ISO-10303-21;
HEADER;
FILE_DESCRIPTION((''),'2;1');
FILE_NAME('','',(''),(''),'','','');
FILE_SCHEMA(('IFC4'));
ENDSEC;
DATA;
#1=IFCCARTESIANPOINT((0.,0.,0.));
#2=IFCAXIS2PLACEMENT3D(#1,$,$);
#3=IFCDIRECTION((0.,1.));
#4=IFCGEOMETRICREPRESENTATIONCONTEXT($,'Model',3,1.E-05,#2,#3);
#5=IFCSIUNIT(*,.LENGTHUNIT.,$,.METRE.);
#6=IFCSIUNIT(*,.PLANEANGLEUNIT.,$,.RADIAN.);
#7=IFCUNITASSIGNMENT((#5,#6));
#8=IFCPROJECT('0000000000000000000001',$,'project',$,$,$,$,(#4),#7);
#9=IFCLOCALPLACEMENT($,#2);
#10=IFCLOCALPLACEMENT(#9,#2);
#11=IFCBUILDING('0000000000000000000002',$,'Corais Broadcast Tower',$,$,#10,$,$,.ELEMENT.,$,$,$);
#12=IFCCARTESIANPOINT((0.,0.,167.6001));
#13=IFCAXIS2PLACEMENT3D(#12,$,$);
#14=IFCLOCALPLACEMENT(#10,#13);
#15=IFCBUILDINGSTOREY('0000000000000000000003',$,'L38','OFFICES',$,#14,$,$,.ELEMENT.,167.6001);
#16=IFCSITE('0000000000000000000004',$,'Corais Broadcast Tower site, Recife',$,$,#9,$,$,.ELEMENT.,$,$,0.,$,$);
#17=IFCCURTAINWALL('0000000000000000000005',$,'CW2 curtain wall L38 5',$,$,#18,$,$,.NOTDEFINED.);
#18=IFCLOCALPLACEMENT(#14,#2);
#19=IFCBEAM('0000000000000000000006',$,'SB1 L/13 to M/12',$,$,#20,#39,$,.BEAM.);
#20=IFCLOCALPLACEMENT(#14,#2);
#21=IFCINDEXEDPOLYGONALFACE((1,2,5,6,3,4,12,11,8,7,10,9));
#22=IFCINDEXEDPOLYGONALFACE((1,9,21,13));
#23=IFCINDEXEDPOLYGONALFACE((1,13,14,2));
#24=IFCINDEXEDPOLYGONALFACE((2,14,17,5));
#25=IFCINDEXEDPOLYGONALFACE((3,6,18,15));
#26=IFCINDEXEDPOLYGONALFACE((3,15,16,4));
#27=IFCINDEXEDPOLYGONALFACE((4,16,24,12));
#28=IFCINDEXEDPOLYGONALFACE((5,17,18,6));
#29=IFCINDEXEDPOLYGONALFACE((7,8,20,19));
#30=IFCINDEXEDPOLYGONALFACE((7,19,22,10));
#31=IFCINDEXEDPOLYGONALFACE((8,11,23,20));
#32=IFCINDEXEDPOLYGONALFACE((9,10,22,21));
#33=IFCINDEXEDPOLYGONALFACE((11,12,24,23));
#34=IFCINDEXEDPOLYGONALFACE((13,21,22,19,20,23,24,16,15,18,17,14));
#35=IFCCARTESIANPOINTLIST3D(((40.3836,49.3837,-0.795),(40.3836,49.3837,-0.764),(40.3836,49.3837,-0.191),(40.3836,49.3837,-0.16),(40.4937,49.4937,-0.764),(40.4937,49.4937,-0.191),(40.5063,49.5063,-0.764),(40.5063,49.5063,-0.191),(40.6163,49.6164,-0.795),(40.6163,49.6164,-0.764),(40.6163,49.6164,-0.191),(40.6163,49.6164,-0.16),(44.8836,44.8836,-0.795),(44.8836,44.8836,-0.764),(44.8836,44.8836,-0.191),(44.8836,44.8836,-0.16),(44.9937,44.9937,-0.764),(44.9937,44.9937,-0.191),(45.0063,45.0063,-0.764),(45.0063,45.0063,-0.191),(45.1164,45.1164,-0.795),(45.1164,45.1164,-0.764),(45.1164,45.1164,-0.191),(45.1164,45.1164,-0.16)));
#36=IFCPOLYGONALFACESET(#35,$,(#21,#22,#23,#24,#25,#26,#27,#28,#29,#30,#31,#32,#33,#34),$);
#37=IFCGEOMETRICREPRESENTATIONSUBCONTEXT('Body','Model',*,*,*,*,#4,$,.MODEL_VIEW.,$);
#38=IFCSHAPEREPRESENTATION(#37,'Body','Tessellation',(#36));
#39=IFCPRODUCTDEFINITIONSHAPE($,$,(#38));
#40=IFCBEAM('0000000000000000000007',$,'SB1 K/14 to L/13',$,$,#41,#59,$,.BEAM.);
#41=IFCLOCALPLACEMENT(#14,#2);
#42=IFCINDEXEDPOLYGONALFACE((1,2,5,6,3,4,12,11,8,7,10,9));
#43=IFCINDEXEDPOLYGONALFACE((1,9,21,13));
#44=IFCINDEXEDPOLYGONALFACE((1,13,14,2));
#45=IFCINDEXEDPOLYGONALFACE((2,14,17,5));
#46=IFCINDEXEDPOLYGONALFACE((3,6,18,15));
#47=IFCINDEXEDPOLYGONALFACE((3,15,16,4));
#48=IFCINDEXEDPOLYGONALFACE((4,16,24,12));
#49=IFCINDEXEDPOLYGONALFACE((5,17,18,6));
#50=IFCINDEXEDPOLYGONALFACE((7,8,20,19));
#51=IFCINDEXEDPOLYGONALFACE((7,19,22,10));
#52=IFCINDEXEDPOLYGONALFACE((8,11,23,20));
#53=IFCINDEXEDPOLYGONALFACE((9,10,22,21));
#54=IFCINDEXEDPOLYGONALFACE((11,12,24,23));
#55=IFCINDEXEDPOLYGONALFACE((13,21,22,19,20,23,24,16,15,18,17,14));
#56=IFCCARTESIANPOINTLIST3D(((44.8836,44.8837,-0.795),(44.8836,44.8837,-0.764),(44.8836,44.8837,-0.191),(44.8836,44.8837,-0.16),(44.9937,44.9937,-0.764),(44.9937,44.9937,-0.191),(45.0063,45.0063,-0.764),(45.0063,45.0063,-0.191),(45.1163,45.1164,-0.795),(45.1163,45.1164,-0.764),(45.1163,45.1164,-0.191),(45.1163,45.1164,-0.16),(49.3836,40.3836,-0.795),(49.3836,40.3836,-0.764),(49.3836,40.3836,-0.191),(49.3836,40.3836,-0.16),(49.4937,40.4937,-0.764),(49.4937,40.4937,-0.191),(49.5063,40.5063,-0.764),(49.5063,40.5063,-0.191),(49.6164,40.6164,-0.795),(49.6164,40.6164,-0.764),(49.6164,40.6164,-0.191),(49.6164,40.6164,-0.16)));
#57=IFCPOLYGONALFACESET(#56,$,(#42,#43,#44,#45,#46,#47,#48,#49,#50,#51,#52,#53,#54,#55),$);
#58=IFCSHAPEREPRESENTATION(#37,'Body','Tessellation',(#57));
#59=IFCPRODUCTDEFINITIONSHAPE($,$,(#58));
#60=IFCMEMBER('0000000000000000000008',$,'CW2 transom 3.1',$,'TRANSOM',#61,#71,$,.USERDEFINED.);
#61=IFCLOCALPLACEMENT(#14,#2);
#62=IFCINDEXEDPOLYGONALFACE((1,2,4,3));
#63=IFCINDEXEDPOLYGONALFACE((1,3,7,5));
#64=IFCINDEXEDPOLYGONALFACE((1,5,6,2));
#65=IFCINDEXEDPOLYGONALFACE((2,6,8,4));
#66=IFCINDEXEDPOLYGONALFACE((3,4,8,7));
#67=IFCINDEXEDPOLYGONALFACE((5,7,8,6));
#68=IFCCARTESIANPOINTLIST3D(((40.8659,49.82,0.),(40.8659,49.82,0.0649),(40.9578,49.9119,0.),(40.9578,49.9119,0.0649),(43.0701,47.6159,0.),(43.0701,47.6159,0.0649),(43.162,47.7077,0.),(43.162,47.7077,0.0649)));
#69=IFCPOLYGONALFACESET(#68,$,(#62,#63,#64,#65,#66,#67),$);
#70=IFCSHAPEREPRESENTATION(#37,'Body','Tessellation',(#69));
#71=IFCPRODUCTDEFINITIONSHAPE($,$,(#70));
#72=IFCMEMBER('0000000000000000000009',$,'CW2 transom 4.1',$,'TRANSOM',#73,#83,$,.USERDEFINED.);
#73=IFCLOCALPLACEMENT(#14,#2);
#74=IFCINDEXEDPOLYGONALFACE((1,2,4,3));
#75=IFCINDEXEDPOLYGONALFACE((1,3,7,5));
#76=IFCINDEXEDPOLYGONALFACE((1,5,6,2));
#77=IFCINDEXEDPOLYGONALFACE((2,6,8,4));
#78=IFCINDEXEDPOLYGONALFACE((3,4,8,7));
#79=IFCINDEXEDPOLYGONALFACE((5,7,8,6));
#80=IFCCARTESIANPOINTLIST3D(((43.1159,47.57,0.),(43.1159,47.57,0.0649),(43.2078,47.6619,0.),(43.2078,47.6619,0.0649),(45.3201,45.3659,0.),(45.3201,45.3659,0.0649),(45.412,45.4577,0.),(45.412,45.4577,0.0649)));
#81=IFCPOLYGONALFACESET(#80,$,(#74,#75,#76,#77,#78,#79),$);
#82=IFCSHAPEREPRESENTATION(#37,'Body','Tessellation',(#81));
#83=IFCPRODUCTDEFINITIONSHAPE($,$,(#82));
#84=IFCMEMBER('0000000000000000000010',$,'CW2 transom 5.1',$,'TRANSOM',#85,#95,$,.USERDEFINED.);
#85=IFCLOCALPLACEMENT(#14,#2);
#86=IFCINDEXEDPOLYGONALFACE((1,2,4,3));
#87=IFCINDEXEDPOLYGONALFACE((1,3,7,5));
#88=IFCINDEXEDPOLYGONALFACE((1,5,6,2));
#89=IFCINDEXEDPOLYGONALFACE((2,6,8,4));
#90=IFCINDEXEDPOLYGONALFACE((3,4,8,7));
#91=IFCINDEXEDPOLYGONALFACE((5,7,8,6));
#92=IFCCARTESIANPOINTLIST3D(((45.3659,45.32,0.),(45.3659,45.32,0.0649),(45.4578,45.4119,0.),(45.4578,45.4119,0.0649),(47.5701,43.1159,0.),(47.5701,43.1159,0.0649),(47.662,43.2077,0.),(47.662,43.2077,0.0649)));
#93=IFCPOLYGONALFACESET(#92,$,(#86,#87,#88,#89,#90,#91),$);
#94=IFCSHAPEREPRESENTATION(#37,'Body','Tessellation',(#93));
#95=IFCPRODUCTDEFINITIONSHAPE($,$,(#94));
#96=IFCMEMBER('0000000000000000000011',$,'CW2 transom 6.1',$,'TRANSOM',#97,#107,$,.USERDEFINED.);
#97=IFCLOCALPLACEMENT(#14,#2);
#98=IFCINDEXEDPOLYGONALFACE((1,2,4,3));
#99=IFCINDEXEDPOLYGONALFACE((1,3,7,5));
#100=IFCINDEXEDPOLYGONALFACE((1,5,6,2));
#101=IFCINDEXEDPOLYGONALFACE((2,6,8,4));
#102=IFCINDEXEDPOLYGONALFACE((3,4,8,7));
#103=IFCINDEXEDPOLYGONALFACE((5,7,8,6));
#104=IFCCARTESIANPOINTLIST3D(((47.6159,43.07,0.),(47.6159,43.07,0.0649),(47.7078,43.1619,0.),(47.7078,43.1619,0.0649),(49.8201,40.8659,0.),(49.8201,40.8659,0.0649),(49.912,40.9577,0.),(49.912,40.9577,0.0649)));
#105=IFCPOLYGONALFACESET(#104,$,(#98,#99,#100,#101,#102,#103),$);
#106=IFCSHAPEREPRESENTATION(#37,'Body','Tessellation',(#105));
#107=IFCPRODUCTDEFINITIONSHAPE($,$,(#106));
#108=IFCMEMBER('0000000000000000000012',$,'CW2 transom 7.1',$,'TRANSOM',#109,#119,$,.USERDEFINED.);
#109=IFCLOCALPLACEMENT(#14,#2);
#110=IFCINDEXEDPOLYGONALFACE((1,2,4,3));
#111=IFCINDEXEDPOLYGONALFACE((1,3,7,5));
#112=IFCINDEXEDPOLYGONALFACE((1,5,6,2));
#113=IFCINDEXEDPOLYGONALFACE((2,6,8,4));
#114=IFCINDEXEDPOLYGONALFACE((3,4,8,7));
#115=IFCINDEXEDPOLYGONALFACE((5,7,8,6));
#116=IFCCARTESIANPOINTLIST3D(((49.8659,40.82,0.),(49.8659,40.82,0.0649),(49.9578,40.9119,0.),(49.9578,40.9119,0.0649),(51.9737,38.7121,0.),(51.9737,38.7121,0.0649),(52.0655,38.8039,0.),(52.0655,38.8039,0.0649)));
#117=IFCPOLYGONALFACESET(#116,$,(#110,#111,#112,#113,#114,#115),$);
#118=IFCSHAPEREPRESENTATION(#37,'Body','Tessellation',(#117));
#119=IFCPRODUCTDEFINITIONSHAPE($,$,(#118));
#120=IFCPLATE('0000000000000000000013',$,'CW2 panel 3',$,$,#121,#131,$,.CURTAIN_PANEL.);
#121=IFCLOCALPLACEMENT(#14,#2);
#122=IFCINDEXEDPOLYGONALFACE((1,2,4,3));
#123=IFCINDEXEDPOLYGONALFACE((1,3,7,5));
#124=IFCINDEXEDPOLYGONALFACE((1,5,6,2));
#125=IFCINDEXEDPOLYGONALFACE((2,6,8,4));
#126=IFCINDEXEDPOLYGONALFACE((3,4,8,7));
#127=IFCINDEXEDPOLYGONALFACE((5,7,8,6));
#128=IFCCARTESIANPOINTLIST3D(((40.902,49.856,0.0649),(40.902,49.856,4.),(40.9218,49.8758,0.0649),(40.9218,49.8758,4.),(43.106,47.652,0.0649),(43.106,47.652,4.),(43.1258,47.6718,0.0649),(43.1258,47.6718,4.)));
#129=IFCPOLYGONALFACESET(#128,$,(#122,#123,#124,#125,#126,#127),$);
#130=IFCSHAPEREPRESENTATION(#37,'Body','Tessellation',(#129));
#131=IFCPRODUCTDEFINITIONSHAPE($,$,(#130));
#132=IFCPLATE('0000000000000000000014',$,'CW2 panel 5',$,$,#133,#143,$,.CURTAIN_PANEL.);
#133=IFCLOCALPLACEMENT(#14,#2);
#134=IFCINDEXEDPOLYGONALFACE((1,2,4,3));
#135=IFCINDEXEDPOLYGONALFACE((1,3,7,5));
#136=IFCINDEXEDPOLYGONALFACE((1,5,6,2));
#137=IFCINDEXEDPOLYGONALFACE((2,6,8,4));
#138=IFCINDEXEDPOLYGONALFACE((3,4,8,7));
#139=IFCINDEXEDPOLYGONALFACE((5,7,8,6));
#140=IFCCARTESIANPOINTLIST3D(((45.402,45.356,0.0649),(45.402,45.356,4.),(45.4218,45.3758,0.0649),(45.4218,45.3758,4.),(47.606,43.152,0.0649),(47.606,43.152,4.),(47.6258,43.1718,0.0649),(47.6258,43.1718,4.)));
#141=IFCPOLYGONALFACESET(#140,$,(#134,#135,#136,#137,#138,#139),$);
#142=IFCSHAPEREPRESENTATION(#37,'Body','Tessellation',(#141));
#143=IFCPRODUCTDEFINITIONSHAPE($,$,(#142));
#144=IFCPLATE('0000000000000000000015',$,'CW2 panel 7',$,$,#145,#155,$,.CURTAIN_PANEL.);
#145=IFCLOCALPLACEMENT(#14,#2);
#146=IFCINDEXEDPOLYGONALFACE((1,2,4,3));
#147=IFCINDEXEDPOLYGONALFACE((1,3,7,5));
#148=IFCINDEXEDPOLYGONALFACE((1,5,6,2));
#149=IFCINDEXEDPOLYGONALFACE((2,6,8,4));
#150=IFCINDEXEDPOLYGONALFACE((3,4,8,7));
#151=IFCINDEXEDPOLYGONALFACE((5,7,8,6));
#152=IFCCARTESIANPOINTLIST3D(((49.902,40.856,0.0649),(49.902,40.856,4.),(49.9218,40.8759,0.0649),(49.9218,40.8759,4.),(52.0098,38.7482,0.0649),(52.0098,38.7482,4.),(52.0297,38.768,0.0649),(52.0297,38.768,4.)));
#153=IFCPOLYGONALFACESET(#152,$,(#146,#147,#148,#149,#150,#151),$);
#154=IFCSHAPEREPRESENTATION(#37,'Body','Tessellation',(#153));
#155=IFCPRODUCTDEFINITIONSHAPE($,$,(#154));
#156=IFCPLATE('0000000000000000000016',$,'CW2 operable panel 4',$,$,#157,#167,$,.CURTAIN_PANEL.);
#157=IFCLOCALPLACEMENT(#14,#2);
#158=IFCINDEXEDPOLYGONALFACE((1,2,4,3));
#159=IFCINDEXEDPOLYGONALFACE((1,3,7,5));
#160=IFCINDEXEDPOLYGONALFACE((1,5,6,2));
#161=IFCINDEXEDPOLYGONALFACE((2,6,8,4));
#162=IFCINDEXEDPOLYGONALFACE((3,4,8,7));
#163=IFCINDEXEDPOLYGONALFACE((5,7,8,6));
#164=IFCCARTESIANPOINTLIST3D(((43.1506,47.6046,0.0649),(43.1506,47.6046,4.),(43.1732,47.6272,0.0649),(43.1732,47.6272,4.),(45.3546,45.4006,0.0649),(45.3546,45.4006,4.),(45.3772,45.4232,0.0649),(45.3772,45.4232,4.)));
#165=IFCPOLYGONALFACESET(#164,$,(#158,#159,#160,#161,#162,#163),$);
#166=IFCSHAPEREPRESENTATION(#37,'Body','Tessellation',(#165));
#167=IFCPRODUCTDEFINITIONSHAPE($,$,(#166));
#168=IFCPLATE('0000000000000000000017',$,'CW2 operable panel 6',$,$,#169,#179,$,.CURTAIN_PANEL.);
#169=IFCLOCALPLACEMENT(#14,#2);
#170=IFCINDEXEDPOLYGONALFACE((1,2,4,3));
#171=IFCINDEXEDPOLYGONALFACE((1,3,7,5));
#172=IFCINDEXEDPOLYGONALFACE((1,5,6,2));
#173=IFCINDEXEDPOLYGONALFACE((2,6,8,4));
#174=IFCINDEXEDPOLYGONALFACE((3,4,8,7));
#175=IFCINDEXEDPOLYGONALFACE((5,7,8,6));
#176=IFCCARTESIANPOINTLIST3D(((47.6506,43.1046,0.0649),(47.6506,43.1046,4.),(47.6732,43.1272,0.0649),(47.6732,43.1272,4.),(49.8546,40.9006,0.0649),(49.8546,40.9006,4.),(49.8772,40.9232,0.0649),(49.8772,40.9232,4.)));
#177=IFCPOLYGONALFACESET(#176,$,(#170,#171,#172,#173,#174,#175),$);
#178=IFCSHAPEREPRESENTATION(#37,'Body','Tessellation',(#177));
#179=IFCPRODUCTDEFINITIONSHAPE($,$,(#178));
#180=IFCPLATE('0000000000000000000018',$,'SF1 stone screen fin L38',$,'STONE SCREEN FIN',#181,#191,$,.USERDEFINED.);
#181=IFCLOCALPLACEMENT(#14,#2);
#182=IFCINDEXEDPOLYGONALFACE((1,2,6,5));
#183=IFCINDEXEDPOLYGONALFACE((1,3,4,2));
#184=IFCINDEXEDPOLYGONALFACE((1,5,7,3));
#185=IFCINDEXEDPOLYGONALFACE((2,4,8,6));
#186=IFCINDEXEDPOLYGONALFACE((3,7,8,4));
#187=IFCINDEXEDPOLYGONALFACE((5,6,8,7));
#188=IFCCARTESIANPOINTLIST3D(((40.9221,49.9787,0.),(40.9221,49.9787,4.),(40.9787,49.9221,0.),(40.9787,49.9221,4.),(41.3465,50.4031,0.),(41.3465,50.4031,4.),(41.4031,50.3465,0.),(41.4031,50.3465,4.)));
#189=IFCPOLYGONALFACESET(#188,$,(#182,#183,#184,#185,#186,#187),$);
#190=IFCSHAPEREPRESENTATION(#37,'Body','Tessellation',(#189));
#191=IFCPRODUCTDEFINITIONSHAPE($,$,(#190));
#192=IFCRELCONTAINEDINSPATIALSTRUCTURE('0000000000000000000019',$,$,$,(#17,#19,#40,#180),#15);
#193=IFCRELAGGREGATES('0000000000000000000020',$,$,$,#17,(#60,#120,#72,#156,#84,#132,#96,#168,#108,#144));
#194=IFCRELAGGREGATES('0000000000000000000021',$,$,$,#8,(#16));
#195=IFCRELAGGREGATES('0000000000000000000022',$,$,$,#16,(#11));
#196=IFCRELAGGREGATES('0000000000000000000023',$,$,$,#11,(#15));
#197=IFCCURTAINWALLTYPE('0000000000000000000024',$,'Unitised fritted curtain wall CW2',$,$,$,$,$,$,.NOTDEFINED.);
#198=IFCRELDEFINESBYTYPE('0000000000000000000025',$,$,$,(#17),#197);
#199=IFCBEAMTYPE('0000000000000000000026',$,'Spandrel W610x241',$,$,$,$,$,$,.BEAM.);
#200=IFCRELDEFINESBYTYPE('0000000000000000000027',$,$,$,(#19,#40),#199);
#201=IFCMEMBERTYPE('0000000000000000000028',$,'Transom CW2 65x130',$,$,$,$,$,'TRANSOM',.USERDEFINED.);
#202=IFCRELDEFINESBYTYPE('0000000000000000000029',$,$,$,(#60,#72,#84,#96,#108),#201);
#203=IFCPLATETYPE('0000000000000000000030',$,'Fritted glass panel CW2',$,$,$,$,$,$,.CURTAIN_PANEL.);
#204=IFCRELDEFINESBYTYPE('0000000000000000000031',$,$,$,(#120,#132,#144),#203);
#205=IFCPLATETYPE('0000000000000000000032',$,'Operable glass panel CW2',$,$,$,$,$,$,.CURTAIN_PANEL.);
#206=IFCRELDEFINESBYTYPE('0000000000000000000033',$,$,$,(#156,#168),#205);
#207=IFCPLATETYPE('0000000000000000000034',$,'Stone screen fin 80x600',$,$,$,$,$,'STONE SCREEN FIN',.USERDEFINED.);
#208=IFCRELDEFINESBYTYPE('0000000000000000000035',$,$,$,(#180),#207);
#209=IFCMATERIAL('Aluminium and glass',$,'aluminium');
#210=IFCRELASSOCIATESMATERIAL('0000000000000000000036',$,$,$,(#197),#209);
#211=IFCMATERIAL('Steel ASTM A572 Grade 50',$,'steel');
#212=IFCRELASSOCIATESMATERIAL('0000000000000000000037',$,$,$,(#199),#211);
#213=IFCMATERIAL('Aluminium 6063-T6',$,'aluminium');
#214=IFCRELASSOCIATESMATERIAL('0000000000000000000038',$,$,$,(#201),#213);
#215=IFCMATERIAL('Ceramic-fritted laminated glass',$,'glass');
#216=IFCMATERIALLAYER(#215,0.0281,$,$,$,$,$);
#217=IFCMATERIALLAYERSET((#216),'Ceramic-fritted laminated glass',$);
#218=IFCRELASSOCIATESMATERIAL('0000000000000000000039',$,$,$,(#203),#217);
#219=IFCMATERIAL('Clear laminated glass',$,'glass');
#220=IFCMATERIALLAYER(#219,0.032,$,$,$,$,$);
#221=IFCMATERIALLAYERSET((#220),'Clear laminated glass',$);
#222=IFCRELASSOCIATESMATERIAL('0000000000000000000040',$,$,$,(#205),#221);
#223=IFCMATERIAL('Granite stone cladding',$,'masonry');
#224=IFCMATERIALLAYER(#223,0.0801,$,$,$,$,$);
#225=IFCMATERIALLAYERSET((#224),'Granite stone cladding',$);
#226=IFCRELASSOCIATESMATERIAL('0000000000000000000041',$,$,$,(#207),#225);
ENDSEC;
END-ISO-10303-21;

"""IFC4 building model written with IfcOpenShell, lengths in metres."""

from ifc_helpers import new_model, si_unit, direction, frame, origin, origin_2d, place, context, subcontext, project, spatial, rectangle, i_section, extrude, material, layer, layer_set, material_profile, profile_set, type_object, element, aggregate, save


model = new_model("IFC4")

# Units and contexts
model_context = context("Model", 3, precision=1e-05, world=origin(), true_north=direction((0.0, 1.0)))
body_context = subcontext(model_context, "Body", "Model", "MODEL_VIEW")
ifc_project = project(units=[si_unit("LENGTHUNIT", "METRE"), si_unit("PLANEANGLEUNIT", "RADIAN")], contexts=[model_context])

# Site, building, storey
site_placement = place(None, origin())
site = spatial("IfcSite", under=ifc_project, at=site_placement, Name="Corais Broadcast Tower site, Recife", CompositionType="ELEMENT", RefElevation=0.0)
building_placement = place(site_placement, origin())
building = spatial("IfcBuilding", under=site, at=building_placement, Name="Corais Broadcast Tower", CompositionType="ELEMENT")
storey_placement = place(building_placement, frame((0.0, 0.0, 167.6001)))
storey = spatial("IfcBuildingStorey", under=building, at=storey_placement, Name="L38", Description="OFFICES", CompositionType="ELEMENT", Elevation=167.6001)

# Curtain wall
ifc_material_1 = material(Name="Aluminium and glass", Category="aluminium")
curtain_wall_type = type_object("IfcCurtainWallType", Name="Unitised fritted curtain wall CW2", PredefinedType="NOTDEFINED", material=ifc_material_1)
curtain_wall_placement = place(storey_placement, origin())
curtain_wall = element("IfcCurtainWall", 1, at=curtain_wall_placement, inside=storey, type_object=curtain_wall_type, Name="CW2 curtain wall L38 5", PredefinedType="NOTDEFINED")

# Beams
ifc_material_2 = material(Name="Steel ASTM A572 Grade 50", Category="steel")
ifc_material_profile_1 = material_profile(ifc_material_2, i_section(OverallWidth=0.3291, OverallDepth=0.635, WebThickness=0.0178, FlangeThickness=0.031, at=origin_2d()), Name="W610x241")
ifc_profile_set_1 = profile_set([ifc_material_profile_1], Name="Steel ASTM A572 Grade 50")
beam_type_1 = type_object("IfcBeamType", Name="Spandrel W610x241", PredefinedType="BEAM", material=ifc_profile_set_1)
for number, where, z_axis, x_axis, name in (
    (2, (45.0, 45.0, -0.4775), (-0.707107, 0.707107, 0.0), (-0.707107, -0.707107, 0.0), "SB1 L/13 to M/12"),
    (3, (49.5, 40.5, -0.4775), (-0.707107, 0.707107, 0.0), (-0.707107, -0.707107, 0.0), "SB1 K/14 to L/13"),
):
    element("IfcBeam", number, at=place(storey_placement, frame(where, z_axis=z_axis, x_axis=x_axis)), inside=storey, type_object=beam_type_1, Name=name, PredefinedType="BEAM", context=body_context, shape_type="SweptSolid", body=[
        extrude(i_section(OverallWidth=0.3291, OverallDepth=0.635, WebThickness=0.0178, FlangeThickness=0.031, at=origin_2d()), origin(), (0.0, 0.0, 1.0), 6.364),
    ])

# Members
ifc_material_3 = material(Name="Aluminium 6063-T6", Category="aluminium")
ifc_material_profile_2 = material_profile(ifc_material_3, rectangle(XDim=0.1299, YDim=0.0649, at=origin_2d()), Name="Transom CW2 65x130")
ifc_profile_set_2 = profile_set([ifc_material_profile_2], Name="Aluminium 6063-T6")
member_type_1 = type_object("IfcMemberType", Name="Transom CW2 65x130", ElementType="TRANSOM", PredefinedType="USERDEFINED", material=ifc_profile_set_2)
member_1_placement = place(storey_placement, frame((40.9119, 49.866, 0.0325), z_axis=(0.707107, -0.707107, 0.0), x_axis=(0.707107, 0.707107, 0.0)))
member_1 = element("IfcMember", 4, at=member_1_placement, type_object=member_type_1, Name="CW2 transom 3.1", ObjectType="TRANSOM", PredefinedType="USERDEFINED", context=body_context, shape_type="SweptSolid", body=[
    extrude(rectangle(XDim=0.1299, YDim=0.0649, at=origin_2d()), origin(), (0.0, 0.0, 1.0), 3.1172),
])
member_2_placement = place(storey_placement, frame((43.1619, 47.616, 0.0325), z_axis=(0.707107, -0.707107, 0.0), x_axis=(0.707107, 0.707107, 0.0)))
member_2 = element("IfcMember", 5, at=member_2_placement, type_object=member_type_1, Name="CW2 transom 4.1", ObjectType="TRANSOM", PredefinedType="USERDEFINED", context=body_context, shape_type="SweptSolid", body=[
    extrude(rectangle(XDim=0.1299, YDim=0.0649, at=origin_2d()), origin(), (0.0, 0.0, 1.0), 3.1172),
])
member_3_placement = place(storey_placement, frame((45.4119, 45.366, 0.0325), z_axis=(0.707107, -0.707107, 0.0), x_axis=(0.707107, 0.707107, 0.0)))
member_3 = element("IfcMember", 6, at=member_3_placement, type_object=member_type_1, Name="CW2 transom 5.1", ObjectType="TRANSOM", PredefinedType="USERDEFINED", context=body_context, shape_type="SweptSolid", body=[
    extrude(rectangle(XDim=0.1299, YDim=0.0649, at=origin_2d()), origin(), (0.0, 0.0, 1.0), 3.1172),
])
member_4_placement = place(storey_placement, frame((47.6619, 43.116, 0.0325), z_axis=(0.707107, -0.707107, 0.0), x_axis=(0.707107, 0.707107, 0.0)))
member_4 = element("IfcMember", 7, at=member_4_placement, type_object=member_type_1, Name="CW2 transom 6.1", ObjectType="TRANSOM", PredefinedType="USERDEFINED", context=body_context, shape_type="SweptSolid", body=[
    extrude(rectangle(XDim=0.1299, YDim=0.0649, at=origin_2d()), origin(), (0.0, 0.0, 1.0), 3.1172),
])
member_5_placement = place(storey_placement, frame((49.9119, 40.866, 0.0325), z_axis=(0.707066, -0.707148, 0.0), x_axis=(0.707148, 0.707066, 0.0)))
member_5 = element("IfcMember", 8, at=member_5_placement, type_object=member_type_1, Name="CW2 transom 7.1", ObjectType="TRANSOM", PredefinedType="USERDEFINED", context=body_context, shape_type="SweptSolid", body=[
    extrude(rectangle(XDim=0.1299, YDim=0.0649, at=origin_2d()), origin(), (0.0, 0.0, 1.0), 2.981),
])

# Plates
ifc_material_4 = material(Name="Ceramic-fritted laminated glass", Category="glass")
ifc_layer_1 = layer(ifc_material_4, 0.0281)
ifc_layer_set_1 = layer_set([ifc_layer_1], Name="Ceramic-fritted laminated glass")
plate_type_1 = type_object("IfcPlateType", Name="Fritted glass panel CW2", PredefinedType="CURTAIN_PANEL", material=ifc_layer_set_1)
plate_1_placement = place(storey_placement, frame((42.0139, 48.7639, 0.0649), z_axis=(0.0, 0.0, 1.0), x_axis=(0.707107, -0.707107, 0.0)))
plate_1 = element("IfcPlate", 9, at=plate_1_placement, type_object=plate_type_1, Name="CW2 panel 3", PredefinedType="CURTAIN_PANEL", context=body_context, shape_type="SweptSolid", body=[
    extrude(rectangle(XDim=3.1169, YDim=0.0281, at=origin_2d()), origin(), (0.0, 0.0, 1.0), 3.9351),
])
plate_2_placement = place(storey_placement, frame((46.5139, 44.2639, 0.0649), z_axis=(0.0, 0.0, 1.0), x_axis=(0.707107, -0.707107, 0.0)))
plate_2 = element("IfcPlate", 10, at=plate_2_placement, type_object=plate_type_1, Name="CW2 panel 5", PredefinedType="CURTAIN_PANEL", context=body_context, shape_type="SweptSolid", body=[
    extrude(rectangle(XDim=3.1169, YDim=0.0281, at=origin_2d()), origin(), (0.0, 0.0, 1.0), 3.9351),
])
plate_3_placement = place(storey_placement, frame((50.9658, 39.812, 0.0649), z_axis=(0.0, 0.0, 1.0), x_axis=(0.707107, -0.707107, 0.0)))
plate_3 = element("IfcPlate", 11, at=plate_3_placement, type_object=plate_type_1, Name="CW2 panel 7", PredefinedType="CURTAIN_PANEL", context=body_context, shape_type="SweptSolid", body=[
    extrude(rectangle(XDim=2.981, YDim=0.0281, at=origin_2d()), origin(), (0.0, 0.0, 1.0), 3.9351),
])
ifc_material_5 = material(Name="Clear laminated glass", Category="glass")
ifc_layer_2 = layer(ifc_material_5, 0.032)
ifc_layer_set_2 = layer_set([ifc_layer_2], Name="Clear laminated glass")
plate_type_2 = type_object("IfcPlateType", Name="Operable glass panel CW2", PredefinedType="CURTAIN_PANEL", material=ifc_layer_set_2)
plate_4_placement = place(storey_placement, frame((44.2639, 46.5139, 0.0649), z_axis=(0.0, 0.0, 1.0), x_axis=(0.707107, -0.707107, 0.0)))
plate_4 = element("IfcPlate", 12, at=plate_4_placement, type_object=plate_type_2, Name="CW2 operable panel 4", PredefinedType="CURTAIN_PANEL", context=body_context, shape_type="SweptSolid", body=[
    extrude(rectangle(XDim=3.1169, YDim=0.032, at=origin_2d()), origin(), (0.0, 0.0, 1.0), 3.9351),
])
plate_5_placement = place(storey_placement, frame((48.7639, 42.0139, 0.0649), z_axis=(0.0, 0.0, 1.0), x_axis=(0.707107, -0.707107, 0.0)))
plate_5 = element("IfcPlate", 13, at=plate_5_placement, type_object=plate_type_2, Name="CW2 operable panel 6", PredefinedType="CURTAIN_PANEL", context=body_context, shape_type="SweptSolid", body=[
    extrude(rectangle(XDim=3.1169, YDim=0.032, at=origin_2d()), origin(), (0.0, 0.0, 1.0), 3.9351),
])
aggregate(curtain_wall, [member_1, plate_1, member_2, plate_4, member_3, plate_2, member_4, plate_5, member_5, plate_3])

# Plate
ifc_material_6 = material(Name="Granite stone cladding", Category="masonry")
ifc_layer_3 = layer(ifc_material_6, 0.0801)
ifc_layer_set_3 = layer_set([ifc_layer_3], Name="Granite stone cladding")
plate_type_3 = type_object("IfcPlateType", Name="Stone screen fin 80x600", ElementType="STONE SCREEN FIN", PredefinedType="USERDEFINED", material=ifc_layer_set_3)
for number, where, z_axis, x_axis, name in (
    (14, (41.1626, 50.1626, 0.0), (0.0, 0.0, 1.0), (0.707107, -0.707107, 0.0), "SF1 stone screen fin L38"),
):
    element("IfcPlate", number, at=place(storey_placement, frame(where, z_axis=z_axis, x_axis=x_axis)), inside=storey, type_object=plate_type_3, Name=name, ObjectType="STONE SCREEN FIN", PredefinedType="USERDEFINED", context=body_context, shape_type="SweptSolid", body=[
        extrude(rectangle(XDim=0.0801, YDim=0.6001, at=origin_2d()), origin(), (0.0, 0.0, 1.0), 4.0),
    ])

save(model, "model.ifc")
